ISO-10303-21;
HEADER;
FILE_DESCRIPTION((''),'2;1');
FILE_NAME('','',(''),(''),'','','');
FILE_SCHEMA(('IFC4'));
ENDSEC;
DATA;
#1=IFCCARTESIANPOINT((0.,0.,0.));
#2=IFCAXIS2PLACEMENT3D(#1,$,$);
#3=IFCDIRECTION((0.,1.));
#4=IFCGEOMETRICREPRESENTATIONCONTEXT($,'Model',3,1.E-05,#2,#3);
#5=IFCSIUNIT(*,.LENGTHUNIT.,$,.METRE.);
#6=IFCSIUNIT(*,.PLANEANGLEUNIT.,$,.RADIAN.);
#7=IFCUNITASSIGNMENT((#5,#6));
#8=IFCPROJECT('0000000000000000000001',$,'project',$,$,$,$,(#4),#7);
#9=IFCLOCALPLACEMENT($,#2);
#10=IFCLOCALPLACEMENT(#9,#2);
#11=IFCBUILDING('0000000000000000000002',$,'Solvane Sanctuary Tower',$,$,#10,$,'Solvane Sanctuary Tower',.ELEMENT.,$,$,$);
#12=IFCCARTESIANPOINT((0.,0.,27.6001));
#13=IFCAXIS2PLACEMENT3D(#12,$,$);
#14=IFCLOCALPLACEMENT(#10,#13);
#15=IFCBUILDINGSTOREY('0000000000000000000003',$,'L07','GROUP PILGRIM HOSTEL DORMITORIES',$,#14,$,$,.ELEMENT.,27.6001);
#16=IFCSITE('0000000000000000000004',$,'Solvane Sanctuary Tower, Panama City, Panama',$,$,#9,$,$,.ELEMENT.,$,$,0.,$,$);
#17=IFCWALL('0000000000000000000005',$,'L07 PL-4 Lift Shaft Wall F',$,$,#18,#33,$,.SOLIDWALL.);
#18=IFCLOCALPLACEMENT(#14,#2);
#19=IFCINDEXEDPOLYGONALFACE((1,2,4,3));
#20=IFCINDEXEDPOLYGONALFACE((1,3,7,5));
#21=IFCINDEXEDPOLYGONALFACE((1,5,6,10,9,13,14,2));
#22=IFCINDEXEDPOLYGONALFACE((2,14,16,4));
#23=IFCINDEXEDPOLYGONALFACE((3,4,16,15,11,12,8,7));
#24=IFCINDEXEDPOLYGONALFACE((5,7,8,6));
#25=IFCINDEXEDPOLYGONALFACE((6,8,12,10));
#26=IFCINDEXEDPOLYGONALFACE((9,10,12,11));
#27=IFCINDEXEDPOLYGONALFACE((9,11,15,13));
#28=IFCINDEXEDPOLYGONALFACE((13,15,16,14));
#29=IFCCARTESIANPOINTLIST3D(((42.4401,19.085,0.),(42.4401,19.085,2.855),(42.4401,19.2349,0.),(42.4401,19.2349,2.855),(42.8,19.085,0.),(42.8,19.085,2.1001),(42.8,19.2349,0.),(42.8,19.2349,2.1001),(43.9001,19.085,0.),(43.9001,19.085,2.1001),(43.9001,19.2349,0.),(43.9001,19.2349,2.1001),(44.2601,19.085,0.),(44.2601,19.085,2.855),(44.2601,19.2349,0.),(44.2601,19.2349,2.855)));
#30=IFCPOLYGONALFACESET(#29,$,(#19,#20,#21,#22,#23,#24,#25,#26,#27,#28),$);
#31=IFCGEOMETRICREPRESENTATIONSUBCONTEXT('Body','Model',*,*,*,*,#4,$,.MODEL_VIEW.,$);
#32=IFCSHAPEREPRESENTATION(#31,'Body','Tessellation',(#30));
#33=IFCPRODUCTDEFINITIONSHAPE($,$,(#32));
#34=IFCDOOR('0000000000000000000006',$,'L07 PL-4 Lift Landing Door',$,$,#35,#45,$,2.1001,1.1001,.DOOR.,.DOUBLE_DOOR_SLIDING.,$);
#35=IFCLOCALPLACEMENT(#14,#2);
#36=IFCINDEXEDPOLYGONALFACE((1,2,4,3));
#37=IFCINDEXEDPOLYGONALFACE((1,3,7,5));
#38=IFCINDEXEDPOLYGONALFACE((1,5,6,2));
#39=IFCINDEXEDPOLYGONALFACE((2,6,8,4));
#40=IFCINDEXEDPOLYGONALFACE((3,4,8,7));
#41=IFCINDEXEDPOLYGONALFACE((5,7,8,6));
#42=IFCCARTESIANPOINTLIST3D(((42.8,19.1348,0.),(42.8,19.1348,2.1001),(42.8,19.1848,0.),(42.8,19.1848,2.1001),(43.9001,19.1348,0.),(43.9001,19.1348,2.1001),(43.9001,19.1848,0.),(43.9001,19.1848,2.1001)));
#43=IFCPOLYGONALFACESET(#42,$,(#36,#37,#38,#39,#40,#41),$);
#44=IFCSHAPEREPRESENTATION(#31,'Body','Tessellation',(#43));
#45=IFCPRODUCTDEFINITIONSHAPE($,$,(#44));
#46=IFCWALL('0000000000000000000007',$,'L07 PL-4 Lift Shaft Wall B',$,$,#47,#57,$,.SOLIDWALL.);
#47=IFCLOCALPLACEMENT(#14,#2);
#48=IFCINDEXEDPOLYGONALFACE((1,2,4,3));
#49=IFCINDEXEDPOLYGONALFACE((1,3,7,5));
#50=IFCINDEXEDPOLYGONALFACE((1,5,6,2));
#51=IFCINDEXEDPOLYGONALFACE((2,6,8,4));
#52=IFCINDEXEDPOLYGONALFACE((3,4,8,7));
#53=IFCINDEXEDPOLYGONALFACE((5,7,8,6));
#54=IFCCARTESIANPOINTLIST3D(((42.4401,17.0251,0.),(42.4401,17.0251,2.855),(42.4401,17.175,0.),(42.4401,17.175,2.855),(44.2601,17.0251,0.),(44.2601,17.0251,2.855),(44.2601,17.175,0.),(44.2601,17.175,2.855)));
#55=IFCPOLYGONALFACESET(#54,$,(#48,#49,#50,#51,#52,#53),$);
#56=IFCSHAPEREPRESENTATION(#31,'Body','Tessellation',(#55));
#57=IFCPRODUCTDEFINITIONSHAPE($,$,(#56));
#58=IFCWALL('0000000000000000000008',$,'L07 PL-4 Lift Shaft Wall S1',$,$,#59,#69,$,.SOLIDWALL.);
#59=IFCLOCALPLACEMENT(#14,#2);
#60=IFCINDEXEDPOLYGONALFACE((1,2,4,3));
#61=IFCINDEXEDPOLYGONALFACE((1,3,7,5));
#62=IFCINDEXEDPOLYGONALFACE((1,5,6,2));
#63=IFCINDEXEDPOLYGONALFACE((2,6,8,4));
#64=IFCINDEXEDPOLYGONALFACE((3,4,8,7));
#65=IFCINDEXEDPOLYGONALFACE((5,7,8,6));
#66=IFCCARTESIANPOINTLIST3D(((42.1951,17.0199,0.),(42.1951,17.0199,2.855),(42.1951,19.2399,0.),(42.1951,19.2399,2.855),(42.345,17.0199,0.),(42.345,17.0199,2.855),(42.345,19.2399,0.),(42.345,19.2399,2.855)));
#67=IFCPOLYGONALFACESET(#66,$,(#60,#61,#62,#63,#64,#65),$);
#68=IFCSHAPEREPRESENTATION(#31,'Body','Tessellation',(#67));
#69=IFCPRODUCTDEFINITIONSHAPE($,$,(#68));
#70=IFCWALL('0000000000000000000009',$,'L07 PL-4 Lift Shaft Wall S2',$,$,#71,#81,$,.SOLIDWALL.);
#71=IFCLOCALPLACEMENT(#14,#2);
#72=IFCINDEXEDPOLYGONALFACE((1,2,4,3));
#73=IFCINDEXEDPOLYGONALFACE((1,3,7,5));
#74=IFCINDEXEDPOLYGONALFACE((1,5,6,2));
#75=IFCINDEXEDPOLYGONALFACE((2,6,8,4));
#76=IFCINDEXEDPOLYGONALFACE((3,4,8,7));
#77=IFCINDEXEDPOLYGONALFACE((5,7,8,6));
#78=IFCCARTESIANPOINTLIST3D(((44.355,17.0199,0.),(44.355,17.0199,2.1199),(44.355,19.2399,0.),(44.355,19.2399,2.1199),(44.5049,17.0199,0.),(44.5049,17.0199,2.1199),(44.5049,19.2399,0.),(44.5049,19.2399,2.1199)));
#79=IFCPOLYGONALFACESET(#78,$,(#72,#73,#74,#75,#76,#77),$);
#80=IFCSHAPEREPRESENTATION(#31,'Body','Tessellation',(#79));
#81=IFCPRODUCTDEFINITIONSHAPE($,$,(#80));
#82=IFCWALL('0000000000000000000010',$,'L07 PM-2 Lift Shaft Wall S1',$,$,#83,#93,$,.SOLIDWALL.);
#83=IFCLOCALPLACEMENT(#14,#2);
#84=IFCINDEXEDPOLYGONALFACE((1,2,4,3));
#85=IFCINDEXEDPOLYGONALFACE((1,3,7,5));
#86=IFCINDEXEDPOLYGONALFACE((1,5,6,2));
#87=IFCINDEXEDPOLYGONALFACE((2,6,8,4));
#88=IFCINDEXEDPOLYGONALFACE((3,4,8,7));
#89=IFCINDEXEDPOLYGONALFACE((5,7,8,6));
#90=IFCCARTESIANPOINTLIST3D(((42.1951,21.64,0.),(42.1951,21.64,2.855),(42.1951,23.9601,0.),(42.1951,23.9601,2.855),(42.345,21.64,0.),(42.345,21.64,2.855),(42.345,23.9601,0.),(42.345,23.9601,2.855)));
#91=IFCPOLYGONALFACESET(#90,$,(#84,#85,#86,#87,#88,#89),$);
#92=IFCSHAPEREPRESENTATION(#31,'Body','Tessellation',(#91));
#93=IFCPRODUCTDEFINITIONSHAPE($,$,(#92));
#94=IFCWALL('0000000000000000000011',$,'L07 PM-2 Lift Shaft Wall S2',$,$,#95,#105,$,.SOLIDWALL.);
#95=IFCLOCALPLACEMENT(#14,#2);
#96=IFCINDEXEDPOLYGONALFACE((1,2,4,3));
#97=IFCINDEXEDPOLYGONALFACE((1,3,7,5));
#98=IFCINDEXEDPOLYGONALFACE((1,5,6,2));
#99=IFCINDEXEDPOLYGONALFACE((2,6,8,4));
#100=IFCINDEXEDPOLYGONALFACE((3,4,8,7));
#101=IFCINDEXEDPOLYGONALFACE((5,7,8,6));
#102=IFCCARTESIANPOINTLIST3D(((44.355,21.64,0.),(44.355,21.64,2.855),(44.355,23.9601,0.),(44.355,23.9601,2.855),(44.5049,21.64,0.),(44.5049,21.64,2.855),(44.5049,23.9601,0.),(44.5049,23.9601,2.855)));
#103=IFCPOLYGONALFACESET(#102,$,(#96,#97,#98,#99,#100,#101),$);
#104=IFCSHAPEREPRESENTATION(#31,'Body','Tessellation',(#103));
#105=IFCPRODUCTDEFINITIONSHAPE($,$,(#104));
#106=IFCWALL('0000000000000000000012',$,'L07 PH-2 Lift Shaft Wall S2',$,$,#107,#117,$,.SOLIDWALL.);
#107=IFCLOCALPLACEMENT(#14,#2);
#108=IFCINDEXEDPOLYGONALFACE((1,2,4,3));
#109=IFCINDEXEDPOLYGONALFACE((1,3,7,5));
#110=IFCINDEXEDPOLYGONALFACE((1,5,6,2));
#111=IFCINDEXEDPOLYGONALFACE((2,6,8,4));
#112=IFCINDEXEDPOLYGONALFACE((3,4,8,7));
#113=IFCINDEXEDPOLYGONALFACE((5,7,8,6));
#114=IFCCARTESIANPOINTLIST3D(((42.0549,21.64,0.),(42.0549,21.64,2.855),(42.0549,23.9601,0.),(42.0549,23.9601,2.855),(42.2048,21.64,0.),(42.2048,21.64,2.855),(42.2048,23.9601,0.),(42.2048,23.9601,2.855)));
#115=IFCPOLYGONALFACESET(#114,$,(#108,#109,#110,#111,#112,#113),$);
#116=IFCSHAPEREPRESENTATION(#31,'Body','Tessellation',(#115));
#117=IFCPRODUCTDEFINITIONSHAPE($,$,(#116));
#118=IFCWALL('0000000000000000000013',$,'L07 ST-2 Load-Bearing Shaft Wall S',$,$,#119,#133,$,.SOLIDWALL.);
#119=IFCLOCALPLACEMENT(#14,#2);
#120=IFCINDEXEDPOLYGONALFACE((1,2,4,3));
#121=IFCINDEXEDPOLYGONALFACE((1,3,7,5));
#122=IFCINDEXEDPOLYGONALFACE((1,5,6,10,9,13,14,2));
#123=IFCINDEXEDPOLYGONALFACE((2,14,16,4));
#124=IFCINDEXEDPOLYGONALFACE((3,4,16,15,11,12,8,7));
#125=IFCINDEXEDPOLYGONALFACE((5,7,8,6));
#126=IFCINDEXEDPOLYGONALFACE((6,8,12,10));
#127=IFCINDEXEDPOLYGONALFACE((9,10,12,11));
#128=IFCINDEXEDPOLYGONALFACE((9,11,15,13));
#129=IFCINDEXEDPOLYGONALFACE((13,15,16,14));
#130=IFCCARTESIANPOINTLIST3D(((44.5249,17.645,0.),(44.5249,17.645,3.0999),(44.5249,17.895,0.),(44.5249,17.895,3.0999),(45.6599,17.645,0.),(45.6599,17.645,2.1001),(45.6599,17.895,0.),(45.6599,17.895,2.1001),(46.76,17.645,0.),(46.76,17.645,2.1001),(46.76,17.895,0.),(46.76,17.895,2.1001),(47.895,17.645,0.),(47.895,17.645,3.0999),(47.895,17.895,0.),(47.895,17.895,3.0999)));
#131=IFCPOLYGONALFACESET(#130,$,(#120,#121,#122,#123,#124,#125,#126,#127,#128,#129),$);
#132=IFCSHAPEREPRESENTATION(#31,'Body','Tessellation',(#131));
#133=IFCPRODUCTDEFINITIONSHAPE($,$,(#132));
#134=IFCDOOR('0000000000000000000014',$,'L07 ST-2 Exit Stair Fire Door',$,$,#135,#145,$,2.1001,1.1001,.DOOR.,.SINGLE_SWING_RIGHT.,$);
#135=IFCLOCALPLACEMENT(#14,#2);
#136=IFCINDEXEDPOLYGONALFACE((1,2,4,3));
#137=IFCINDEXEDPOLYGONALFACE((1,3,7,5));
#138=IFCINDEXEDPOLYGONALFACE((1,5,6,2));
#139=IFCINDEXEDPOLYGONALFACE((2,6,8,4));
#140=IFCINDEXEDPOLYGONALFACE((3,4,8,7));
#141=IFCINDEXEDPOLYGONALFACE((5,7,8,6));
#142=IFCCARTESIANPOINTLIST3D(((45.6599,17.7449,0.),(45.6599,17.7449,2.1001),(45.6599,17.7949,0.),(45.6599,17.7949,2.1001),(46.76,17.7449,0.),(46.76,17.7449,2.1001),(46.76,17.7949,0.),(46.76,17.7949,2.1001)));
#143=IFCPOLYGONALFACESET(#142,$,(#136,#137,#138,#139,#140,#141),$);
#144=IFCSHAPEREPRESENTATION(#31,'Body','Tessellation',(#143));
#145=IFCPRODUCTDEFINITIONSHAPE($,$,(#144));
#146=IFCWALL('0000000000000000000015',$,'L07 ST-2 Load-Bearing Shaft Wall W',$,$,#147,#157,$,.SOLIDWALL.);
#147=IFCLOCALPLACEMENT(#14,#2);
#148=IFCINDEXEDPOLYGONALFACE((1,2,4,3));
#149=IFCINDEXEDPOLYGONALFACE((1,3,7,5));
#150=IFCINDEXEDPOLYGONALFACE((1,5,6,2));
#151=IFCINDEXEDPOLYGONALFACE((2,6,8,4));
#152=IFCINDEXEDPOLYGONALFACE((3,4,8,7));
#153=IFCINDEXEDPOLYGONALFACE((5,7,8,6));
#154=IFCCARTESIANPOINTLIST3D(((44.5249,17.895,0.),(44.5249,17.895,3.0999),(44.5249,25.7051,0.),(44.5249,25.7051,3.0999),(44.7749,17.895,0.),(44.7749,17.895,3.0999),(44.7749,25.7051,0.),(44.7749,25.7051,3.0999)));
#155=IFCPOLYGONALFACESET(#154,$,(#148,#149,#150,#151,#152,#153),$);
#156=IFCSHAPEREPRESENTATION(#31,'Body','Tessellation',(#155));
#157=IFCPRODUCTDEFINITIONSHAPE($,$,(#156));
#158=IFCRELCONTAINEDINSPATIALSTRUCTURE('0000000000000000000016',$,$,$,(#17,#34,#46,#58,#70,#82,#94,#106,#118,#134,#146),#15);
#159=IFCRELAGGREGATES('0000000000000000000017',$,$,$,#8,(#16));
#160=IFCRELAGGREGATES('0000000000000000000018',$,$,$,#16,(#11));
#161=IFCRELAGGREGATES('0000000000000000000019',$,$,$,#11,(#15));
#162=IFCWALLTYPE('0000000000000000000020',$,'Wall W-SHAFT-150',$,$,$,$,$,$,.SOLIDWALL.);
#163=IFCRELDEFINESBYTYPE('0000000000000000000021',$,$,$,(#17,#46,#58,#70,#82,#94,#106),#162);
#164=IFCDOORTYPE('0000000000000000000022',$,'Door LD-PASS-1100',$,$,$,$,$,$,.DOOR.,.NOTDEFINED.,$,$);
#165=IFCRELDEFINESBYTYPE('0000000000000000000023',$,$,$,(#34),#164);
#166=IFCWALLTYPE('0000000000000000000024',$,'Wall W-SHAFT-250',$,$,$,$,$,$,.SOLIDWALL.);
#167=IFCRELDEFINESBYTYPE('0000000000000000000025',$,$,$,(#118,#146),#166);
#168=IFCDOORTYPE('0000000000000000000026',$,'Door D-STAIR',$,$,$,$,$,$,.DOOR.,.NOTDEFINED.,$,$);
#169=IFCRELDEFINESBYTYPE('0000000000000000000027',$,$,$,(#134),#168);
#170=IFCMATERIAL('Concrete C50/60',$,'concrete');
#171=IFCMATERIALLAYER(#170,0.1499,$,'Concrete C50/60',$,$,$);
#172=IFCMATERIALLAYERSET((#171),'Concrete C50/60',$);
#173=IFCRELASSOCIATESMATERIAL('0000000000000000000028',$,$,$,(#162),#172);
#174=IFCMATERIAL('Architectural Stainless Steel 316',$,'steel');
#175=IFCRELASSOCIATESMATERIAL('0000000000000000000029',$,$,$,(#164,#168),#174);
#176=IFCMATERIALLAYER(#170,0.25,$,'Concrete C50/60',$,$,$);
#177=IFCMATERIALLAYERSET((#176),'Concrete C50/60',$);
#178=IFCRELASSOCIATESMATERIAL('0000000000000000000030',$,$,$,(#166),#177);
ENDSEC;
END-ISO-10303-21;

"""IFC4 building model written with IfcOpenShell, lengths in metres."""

from ifc_helpers import new_model, si_unit, direction, frame, frame_2d, origin, place, context, subcontext, project, spatial, rectangle, extrude, material, layer, layer_set, type_object, element, fill, save


model = new_model("IFC4")

# Units and contexts
model_context = context("Model", 3, precision=1e-05, world=origin(), true_north=direction((0.0, 1.0)))
body_context = subcontext(model_context, "Body", "Model", "MODEL_VIEW")
ifc_project = project(units=[si_unit("LENGTHUNIT", "METRE"), si_unit("PLANEANGLEUNIT", "RADIAN")], contexts=[model_context])

# Site, building, storey
site_placement = place(None, origin())
site = spatial("IfcSite", under=ifc_project, at=site_placement, Name="Solvane Sanctuary Tower, Panama City, Panama", CompositionType="ELEMENT", RefElevation=0.0)
building_placement = place(site_placement, origin())
building = spatial("IfcBuilding", under=site, at=building_placement, Name="Solvane Sanctuary Tower", LongName="Solvane Sanctuary Tower", CompositionType="ELEMENT")
storey_placement = place(building_placement, frame((0.0, 0.0, 27.6001)))
storey = spatial("IfcBuildingStorey", under=building, at=storey_placement, Name="L07", Description="GROUP PILGRIM HOSTEL DORMITORIES", CompositionType="ELEMENT", Elevation=27.6001)

# Shared definitions
ifc_material_1 = material(Name="Concrete C50/60", Category="concrete")
ifc_layer_1 = layer(ifc_material_1, 0.1499, Name="Concrete C50/60")
ifc_layer_set_1 = layer_set([ifc_layer_1], Name="Concrete C50/60")
wall_type_1 = type_object("IfcWallType", Name="Wall W-SHAFT-150", PredefinedType="SOLIDWALL", material=ifc_layer_set_1)
ifc_material_2 = material(Name="Architectural Stainless Steel 316", Category="steel")
door_type_1 = type_object("IfcDoorType", Name="Door LD-PASS-1100", OperationType="NOTDEFINED", PredefinedType="DOOR", material=ifc_material_2)

# Wall, opening, door
wall_1_placement = place(storey_placement, frame((42.4399, 19.1599, 0.0), z_axis=(0.0, 0.0, 1.0), x_axis=(1.0, 0.0, 0.0)))
wall_1 = element("IfcWall", 1, at=wall_1_placement, inside=storey, type_object=wall_type_1, Name="L07 PL-4 Lift Shaft Wall F", PredefinedType="SOLIDWALL", context=body_context, shape_type="SweptSolid", body=[
    extrude(rectangle(XDim=1.8201, YDim=0.1499, at=frame_2d((0.9102, 0.0))), origin(), (0.0, 0.0, 1.0), 2.855),
])
opening_1_placement = place(wall_1_placement, frame((0.3601, 0.0, 0.0)))
opening_1 = element("IfcOpeningElement", 2, at=opening_1_placement, cuts=wall_1, PredefinedType="OPENING", context=body_context, shape_type="SweptSolid", body=[
    extrude(rectangle(XDim=1.1001, YDim=2.1001, at=frame_2d((0.55, 1.05))), frame((0.0, 0.085, 0.0), z_axis=(0.0, -1.0, 0.0), x_axis=(1.0, 0.0, 0.0)), (0.0, 0.0, 1.0), 0.1699),
])
door_1_placement = place(opening_1_placement, origin())
door_1 = element("IfcDoor", 3, at=door_1_placement, inside=storey, type_object=door_type_1, Name="L07 PL-4 Lift Landing Door", OperationType="DOUBLE_DOOR_SLIDING", OverallHeight=2.1001, OverallWidth=1.1001, PredefinedType="DOOR", context=body_context, shape_type="SweptSolid", body=[
    extrude(rectangle(XDim=1.1001, YDim=2.1001, at=frame_2d((0.55, 1.05))), frame((0.0, 0.0249, 0.0), z_axis=(0.0, -1.0, 0.0), x_axis=(1.0, 0.0, 0.0)), (0.0, 0.0, 1.0), 0.05),
])
fill(opening_1, door_1)

# Walls
wall_2_placement = place(storey_placement, frame((42.4399, 17.1001, 0.0), z_axis=(0.0, 0.0, 1.0), x_axis=(1.0, 0.0, 0.0)))
element("IfcWall", 4, at=wall_2_placement, inside=storey, type_object=wall_type_1, Name="L07 PL-4 Lift Shaft Wall B", PredefinedType="SOLIDWALL", context=body_context, shape_type="SweptSolid", body=[
    extrude(rectangle(XDim=1.8201, YDim=0.1499, at=frame_2d((0.9102, 0.0))), origin(), (0.0, 0.0, 1.0), 2.855),
])
wall_3_placement = place(storey_placement, frame((42.27, 17.02, 0.0), z_axis=(0.0, 0.0, 1.0), x_axis=(0.0, 1.0, 0.0)))
element("IfcWall", 5, at=wall_3_placement, inside=storey, type_object=wall_type_1, Name="L07 PL-4 Lift Shaft Wall S1", PredefinedType="SOLIDWALL", context=body_context, shape_type="SweptSolid", body=[
    extrude(rectangle(XDim=2.22, YDim=0.1499, at=frame_2d((1.1099, 0.0))), origin(), (0.0, 0.0, 1.0), 2.855),
])
wall_4_placement = place(storey_placement, frame((44.4299, 17.02, 0.0), z_axis=(0.0, 0.0, 1.0), x_axis=(0.0, 1.0, 0.0)))
element("IfcWall", 6, at=wall_4_placement, inside=storey, type_object=wall_type_1, Name="L07 PL-4 Lift Shaft Wall S2", PredefinedType="SOLIDWALL", context=body_context, shape_type="SweptSolid", body=[
    extrude(rectangle(XDim=2.22, YDim=0.1499, at=frame_2d((1.1099, 0.0))), origin(), (0.0, 0.0, 1.0), 2.1199),
])
for number, where, z_axis, x_axis, name in (
    (7, (42.27, 21.6399, 0.0), (0.0, 0.0, 1.0), (0.0, 1.0, 0.0), "L07 PM-2 Lift Shaft Wall S1"),
    (8, (44.4299, 21.6399, 0.0), (0.0, 0.0, 1.0), (0.0, 1.0, 0.0), "L07 PM-2 Lift Shaft Wall S2"),
    (9, (42.1299, 21.6399, 0.0), (0.0, 0.0, 1.0), (0.0, 1.0, 0.0), "L07 PH-2 Lift Shaft Wall S2"),
):
    element("IfcWall", number, at=place(storey_placement, frame(where, z_axis=z_axis, x_axis=x_axis)), inside=storey, type_object=wall_type_1, Name=name, PredefinedType="SOLIDWALL", context=body_context, shape_type="SweptSolid", body=[
        extrude(rectangle(XDim=2.3201, YDim=0.1499, at=frame_2d((1.1602, 0.0))), origin(), (0.0, 0.0, 1.0), 2.855),
    ])

# Wall, opening, door
ifc_layer_2 = layer(ifc_material_1, 0.25, Name="Concrete C50/60")
ifc_layer_set_2 = layer_set([ifc_layer_2], Name="Concrete C50/60")
wall_type_2 = type_object("IfcWallType", Name="Wall W-SHAFT-250", PredefinedType="SOLIDWALL", material=ifc_layer_set_2)
wall_5_placement = place(storey_placement, frame((44.5249, 17.77, 0.0), z_axis=(0.0, 0.0, 1.0), x_axis=(1.0, 0.0, 0.0)))
wall_5 = element("IfcWall", 10, at=wall_5_placement, inside=storey, type_object=wall_type_2, Name="L07 ST-2 Load-Bearing Shaft Wall S", PredefinedType="SOLIDWALL", context=body_context, shape_type="SweptSolid", body=[
    extrude(rectangle(XDim=3.3701, YDim=0.25, at=frame_2d((1.6851, 0.0))), origin(), (0.0, 0.0, 1.0), 3.0999),
])
opening_2_placement = place(wall_5_placement, frame((1.135, 0.0, 0.0)))
opening_2 = element("IfcOpeningElement", 11, at=opening_2_placement, cuts=wall_5, PredefinedType="OPENING", context=body_context, shape_type="SweptSolid", body=[
    extrude(rectangle(XDim=1.1001, YDim=2.1001, at=frame_2d((0.55, 1.05))), frame((0.0, 0.135, 0.0), z_axis=(0.0, -1.0, 0.0), x_axis=(1.0, 0.0, 0.0)), (0.0, 0.0, 1.0), 0.27),
])
door_type_2 = type_object("IfcDoorType", Name="Door D-STAIR", OperationType="NOTDEFINED", PredefinedType="DOOR", material=ifc_material_2)
door_2_placement = place(opening_2_placement, origin())
door_2 = element("IfcDoor", 12, at=door_2_placement, inside=storey, type_object=door_type_2, Name="L07 ST-2 Exit Stair Fire Door", OperationType="SINGLE_SWING_RIGHT", OverallHeight=2.1001, OverallWidth=1.1001, PredefinedType="DOOR", context=body_context, shape_type="SweptSolid", body=[
    extrude(rectangle(XDim=1.1001, YDim=2.1001, at=frame_2d((0.55, 1.05))), frame((0.0, 0.0249, 0.0), z_axis=(0.0, -1.0, 0.0), x_axis=(1.0, 0.0, 0.0)), (0.0, 0.0, 1.0), 0.05),
])
fill(opening_2, door_2)

# Wall
wall_6_placement = place(storey_placement, frame((44.6499, 17.895, 0.0), z_axis=(0.0, 0.0, 1.0), x_axis=(0.0, 1.0, 0.0)))
element("IfcWall", 13, at=wall_6_placement, inside=storey, type_object=wall_type_2, Name="L07 ST-2 Load-Bearing Shaft Wall W", PredefinedType="SOLIDWALL", context=body_context, shape_type="SweptSolid", body=[
    extrude(rectangle(XDim=7.8101, YDim=0.25, at=frame_2d((3.905, 0.0))), origin(), (0.0, 0.0, 1.0), 3.0999),
])

save(model, "model.ifc")
